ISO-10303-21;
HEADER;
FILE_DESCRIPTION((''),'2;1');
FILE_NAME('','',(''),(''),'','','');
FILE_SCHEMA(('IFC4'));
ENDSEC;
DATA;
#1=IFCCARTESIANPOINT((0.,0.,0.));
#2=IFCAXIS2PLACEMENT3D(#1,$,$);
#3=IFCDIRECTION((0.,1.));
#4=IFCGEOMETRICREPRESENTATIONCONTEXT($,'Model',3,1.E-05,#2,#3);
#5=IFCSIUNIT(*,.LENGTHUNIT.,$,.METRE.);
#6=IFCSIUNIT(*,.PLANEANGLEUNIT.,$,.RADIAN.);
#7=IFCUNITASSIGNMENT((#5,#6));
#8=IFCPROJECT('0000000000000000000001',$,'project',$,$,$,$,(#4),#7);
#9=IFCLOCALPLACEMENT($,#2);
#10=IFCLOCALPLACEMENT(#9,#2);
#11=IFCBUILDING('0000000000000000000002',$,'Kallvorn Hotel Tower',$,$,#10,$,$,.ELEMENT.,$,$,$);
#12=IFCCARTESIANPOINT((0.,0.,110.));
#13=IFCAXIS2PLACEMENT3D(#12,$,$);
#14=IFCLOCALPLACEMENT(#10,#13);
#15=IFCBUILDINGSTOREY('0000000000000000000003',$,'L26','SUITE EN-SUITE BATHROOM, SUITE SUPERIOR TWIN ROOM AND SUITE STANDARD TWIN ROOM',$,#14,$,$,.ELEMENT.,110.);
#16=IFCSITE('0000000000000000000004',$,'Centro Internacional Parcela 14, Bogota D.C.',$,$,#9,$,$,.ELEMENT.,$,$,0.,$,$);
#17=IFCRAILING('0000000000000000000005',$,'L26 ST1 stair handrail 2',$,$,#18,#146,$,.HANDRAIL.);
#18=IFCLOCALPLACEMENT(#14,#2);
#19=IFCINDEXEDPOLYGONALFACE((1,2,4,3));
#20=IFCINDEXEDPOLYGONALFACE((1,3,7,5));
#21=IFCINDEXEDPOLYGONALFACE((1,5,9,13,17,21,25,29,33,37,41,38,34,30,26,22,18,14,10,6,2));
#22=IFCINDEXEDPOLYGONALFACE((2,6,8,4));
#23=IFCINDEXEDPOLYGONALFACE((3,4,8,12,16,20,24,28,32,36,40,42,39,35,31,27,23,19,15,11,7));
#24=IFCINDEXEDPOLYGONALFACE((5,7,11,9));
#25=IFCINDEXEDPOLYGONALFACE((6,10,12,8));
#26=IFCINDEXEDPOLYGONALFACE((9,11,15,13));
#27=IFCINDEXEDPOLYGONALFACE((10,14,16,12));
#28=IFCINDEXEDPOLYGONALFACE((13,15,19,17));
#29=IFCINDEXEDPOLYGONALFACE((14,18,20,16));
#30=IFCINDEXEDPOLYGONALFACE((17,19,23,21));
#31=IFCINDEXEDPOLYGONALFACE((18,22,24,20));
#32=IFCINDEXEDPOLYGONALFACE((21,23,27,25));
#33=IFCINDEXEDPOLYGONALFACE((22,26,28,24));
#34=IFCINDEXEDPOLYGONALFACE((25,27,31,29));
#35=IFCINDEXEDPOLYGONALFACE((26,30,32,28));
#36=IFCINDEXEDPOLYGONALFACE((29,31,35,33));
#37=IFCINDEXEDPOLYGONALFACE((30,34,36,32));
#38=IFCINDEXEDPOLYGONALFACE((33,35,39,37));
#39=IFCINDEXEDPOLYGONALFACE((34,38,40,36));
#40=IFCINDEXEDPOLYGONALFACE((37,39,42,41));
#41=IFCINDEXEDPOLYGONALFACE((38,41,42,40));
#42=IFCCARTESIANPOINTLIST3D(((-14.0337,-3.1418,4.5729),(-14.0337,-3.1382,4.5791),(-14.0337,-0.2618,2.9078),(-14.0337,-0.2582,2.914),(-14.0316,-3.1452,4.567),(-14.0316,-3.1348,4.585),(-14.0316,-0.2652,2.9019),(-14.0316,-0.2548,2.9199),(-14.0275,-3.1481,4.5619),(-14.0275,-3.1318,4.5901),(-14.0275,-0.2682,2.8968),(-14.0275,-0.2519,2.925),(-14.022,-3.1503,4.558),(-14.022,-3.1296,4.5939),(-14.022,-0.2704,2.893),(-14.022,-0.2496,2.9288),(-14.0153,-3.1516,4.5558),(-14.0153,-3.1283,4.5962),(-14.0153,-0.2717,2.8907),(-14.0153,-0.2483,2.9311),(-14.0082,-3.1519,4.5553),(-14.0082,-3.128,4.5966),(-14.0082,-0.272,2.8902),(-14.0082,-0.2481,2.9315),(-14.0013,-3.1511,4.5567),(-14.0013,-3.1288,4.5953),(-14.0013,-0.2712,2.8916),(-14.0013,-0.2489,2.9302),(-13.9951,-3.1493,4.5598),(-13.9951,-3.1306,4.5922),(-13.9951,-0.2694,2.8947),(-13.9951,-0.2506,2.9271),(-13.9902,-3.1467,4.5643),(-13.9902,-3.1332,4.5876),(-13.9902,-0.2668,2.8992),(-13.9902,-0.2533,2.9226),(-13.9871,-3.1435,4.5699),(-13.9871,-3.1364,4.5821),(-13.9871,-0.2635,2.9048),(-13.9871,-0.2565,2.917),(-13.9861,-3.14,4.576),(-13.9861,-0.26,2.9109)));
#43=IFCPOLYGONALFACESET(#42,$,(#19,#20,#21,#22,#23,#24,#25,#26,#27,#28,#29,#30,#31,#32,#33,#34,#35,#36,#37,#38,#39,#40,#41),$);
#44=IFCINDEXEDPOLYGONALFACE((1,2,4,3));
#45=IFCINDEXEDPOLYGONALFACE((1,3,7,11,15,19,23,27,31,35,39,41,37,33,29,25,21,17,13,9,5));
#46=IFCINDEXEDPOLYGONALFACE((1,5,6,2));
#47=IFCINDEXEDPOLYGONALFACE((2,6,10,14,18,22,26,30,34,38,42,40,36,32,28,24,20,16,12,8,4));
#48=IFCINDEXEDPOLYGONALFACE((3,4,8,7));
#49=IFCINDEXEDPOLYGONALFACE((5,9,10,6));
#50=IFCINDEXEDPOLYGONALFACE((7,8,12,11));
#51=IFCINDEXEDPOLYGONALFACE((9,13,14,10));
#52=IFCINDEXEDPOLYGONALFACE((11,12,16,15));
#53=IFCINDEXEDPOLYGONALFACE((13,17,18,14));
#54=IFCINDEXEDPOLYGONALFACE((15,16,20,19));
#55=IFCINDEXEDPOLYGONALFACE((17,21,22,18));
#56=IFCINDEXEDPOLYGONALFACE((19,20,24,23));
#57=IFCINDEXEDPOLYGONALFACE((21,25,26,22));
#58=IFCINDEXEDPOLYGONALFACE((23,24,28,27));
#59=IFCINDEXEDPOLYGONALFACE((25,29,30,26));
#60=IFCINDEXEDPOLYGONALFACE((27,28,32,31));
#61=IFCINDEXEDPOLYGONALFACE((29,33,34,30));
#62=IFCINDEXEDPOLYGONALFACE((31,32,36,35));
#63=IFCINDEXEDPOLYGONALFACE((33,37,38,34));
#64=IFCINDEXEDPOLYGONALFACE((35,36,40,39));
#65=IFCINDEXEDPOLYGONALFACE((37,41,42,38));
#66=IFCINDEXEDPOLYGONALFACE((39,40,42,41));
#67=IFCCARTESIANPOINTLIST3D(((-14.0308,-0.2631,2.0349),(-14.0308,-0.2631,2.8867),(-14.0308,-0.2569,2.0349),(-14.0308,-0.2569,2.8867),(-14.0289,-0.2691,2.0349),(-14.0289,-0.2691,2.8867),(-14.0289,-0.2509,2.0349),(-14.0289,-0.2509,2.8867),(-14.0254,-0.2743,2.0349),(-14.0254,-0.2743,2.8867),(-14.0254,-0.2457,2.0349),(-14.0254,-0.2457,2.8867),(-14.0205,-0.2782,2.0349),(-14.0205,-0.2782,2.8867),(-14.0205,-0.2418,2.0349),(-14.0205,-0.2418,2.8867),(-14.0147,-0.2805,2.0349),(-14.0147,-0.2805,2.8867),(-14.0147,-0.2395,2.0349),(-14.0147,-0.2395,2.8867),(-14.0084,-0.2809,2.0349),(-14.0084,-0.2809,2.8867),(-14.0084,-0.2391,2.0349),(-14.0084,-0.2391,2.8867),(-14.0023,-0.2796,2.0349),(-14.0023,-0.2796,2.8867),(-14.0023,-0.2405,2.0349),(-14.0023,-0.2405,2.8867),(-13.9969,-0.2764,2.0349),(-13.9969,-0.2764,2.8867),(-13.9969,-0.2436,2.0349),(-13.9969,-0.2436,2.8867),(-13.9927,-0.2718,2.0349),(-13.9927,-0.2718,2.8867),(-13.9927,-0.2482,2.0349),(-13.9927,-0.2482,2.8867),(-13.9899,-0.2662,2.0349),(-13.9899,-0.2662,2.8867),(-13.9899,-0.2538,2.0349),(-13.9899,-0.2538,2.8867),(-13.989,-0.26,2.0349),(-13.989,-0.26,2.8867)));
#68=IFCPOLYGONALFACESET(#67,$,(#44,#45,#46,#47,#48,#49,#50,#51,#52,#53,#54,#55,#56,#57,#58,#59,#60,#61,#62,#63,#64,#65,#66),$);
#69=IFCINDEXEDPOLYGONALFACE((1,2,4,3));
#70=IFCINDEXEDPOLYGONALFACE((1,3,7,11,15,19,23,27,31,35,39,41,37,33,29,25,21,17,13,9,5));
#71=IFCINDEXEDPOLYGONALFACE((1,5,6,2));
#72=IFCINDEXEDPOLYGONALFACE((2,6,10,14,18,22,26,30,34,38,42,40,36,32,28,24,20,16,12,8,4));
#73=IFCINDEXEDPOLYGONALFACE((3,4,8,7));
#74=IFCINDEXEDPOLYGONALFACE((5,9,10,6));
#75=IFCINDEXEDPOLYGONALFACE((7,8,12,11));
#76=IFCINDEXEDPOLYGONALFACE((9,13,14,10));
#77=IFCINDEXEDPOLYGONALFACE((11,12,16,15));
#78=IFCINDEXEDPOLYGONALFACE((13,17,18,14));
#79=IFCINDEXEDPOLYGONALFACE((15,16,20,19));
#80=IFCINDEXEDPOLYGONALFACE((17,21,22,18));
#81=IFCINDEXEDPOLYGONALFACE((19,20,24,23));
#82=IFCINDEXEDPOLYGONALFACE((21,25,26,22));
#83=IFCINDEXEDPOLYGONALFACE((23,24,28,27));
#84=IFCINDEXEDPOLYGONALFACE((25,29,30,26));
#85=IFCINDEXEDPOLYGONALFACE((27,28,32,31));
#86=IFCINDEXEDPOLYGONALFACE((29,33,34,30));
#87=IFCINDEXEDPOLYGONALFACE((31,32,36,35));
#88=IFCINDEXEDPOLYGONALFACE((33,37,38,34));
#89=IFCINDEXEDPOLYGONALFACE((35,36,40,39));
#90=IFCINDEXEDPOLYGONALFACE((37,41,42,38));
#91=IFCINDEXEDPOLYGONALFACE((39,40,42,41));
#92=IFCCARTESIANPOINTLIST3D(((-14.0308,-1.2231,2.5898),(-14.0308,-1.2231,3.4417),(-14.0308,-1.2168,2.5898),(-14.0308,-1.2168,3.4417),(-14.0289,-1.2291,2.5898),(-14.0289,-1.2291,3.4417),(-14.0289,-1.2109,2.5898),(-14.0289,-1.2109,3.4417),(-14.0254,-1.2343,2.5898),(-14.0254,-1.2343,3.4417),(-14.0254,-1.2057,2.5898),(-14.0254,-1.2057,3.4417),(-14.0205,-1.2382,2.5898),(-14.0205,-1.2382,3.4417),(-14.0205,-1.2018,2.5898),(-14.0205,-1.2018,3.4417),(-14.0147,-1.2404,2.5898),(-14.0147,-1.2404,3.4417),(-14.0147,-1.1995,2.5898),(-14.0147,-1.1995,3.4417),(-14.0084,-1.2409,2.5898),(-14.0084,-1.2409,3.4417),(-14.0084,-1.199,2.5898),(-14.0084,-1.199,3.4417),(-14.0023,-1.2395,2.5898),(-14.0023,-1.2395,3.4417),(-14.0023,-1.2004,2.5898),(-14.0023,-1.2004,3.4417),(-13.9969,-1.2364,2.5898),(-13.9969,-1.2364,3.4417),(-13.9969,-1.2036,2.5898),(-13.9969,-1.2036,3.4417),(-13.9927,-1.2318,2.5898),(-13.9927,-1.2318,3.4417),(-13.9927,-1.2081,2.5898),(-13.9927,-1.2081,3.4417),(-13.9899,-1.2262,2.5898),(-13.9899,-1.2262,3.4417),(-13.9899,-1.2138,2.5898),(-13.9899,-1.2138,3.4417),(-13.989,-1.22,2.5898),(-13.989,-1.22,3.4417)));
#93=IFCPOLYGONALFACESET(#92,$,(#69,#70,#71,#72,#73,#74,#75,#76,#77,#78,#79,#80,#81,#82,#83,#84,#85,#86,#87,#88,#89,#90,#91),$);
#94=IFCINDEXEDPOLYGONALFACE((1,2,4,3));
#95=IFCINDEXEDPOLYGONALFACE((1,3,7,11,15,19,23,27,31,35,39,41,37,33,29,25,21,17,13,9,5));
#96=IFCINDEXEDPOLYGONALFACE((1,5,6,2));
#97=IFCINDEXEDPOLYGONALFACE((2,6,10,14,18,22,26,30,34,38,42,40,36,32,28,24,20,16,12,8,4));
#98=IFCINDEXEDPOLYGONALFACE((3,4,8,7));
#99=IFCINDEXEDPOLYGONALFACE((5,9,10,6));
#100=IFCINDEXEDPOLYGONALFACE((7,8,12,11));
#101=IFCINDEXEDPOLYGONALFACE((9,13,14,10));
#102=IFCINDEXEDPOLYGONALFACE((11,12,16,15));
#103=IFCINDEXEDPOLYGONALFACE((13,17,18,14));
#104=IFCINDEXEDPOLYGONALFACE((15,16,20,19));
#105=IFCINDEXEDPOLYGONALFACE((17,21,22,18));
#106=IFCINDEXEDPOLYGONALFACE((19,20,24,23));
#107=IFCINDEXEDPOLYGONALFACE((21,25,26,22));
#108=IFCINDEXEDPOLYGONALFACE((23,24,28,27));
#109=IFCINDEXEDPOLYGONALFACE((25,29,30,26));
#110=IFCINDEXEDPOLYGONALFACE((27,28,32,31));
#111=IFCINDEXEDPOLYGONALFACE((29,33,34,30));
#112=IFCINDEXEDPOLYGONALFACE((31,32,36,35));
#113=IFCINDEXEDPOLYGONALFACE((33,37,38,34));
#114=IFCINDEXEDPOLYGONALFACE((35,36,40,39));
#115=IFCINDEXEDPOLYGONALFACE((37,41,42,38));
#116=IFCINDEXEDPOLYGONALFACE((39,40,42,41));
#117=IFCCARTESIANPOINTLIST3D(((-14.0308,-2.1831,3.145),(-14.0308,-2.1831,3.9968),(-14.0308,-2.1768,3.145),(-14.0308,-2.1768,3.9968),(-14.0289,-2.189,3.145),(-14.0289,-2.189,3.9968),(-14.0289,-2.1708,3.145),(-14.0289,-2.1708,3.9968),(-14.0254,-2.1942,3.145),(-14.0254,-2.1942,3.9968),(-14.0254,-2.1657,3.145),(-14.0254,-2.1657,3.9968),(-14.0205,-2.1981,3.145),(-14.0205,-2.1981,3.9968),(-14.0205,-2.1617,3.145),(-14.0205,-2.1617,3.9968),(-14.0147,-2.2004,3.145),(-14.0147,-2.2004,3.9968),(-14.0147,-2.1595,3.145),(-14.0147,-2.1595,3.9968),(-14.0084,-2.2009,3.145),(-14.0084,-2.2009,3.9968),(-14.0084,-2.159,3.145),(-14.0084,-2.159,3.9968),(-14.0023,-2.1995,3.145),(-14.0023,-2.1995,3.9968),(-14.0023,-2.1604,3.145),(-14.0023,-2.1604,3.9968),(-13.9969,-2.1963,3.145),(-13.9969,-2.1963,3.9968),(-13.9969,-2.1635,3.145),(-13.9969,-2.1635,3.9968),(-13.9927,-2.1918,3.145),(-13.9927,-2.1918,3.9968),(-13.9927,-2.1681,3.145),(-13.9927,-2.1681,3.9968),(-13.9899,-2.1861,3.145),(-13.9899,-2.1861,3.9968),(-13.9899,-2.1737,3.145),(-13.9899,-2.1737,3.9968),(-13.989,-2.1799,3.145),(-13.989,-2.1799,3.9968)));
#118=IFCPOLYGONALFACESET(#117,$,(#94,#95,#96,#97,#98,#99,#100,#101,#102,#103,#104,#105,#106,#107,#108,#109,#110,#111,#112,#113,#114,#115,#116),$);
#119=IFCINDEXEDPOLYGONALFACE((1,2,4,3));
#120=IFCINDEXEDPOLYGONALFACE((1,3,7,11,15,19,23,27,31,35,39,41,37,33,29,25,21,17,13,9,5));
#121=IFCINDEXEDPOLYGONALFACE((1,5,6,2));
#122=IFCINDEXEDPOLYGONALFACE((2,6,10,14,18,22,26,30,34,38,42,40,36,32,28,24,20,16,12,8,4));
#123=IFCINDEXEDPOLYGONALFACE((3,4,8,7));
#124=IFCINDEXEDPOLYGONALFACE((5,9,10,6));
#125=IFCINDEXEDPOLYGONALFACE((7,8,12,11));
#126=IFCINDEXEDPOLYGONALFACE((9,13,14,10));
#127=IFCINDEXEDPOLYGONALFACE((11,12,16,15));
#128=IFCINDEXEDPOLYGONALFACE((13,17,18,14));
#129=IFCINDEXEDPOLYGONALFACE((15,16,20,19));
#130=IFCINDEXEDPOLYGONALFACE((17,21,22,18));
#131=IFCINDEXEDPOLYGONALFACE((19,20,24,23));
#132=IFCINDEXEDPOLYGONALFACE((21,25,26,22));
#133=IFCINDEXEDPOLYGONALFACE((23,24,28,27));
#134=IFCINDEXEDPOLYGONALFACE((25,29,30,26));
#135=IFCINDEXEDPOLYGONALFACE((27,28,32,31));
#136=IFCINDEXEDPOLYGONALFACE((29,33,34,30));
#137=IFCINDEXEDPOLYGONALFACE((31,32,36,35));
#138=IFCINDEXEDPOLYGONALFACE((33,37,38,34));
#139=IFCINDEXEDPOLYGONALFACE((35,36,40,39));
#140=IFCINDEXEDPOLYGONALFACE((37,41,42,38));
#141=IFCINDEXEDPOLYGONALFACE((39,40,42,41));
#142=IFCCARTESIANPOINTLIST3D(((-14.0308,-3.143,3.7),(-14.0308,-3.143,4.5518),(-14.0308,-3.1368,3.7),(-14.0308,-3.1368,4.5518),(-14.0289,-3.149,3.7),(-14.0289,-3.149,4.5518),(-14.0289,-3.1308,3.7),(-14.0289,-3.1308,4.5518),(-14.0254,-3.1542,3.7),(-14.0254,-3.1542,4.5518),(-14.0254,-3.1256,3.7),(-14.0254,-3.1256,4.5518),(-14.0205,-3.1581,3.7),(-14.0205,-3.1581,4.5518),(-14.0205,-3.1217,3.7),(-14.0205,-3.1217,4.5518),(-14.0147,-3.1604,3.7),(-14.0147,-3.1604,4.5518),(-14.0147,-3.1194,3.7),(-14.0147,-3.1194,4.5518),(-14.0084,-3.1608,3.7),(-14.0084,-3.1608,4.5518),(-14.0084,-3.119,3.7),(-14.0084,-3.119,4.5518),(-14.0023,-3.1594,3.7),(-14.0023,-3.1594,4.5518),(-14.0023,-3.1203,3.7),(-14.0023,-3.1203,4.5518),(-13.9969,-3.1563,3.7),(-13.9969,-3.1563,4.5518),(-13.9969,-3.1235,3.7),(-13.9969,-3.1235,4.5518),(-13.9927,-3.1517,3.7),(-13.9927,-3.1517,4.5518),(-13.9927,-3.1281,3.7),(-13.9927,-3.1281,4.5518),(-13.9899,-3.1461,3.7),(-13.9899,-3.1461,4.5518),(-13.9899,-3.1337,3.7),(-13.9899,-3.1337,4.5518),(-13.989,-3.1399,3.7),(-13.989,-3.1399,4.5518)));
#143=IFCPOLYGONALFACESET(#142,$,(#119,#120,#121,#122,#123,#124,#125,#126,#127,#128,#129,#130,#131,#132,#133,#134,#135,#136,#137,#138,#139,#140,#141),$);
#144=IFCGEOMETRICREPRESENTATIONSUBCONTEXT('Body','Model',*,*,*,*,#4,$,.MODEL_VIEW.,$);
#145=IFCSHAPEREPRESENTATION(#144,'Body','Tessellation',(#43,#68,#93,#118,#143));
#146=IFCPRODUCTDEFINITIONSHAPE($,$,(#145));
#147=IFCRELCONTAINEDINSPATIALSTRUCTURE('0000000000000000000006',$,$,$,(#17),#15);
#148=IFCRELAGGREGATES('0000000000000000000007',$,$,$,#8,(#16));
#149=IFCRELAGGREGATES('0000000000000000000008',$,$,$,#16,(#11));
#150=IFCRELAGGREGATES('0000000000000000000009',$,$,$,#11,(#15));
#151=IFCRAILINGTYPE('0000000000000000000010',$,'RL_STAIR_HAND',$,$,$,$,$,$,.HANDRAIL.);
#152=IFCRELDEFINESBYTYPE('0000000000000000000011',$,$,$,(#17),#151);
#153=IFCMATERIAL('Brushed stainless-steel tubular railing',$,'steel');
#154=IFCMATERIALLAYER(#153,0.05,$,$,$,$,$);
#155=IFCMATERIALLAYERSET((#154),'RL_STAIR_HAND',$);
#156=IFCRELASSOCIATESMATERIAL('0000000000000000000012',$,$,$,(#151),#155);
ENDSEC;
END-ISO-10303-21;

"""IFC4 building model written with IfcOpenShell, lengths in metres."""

from ifc_helpers import new_model, si_unit, direction, frame, origin, origin_2d, place, context, subcontext, project, spatial, circle, extrude, material, layer, layer_set, type_object, element, save


model = new_model("IFC4")

# Units and contexts
model_context = context("Model", 3, precision=1e-05, world=origin(), true_north=direction((0.0, 1.0)))
body_context = subcontext(model_context, "Body", "Model", "MODEL_VIEW")
ifc_project = project(units=[si_unit("LENGTHUNIT", "METRE"), si_unit("PLANEANGLEUNIT", "RADIAN")], contexts=[model_context])

# Site, building, storey
site_placement = place(None, origin())
site = spatial("IfcSite", under=ifc_project, at=site_placement, Name="Centro Internacional Parcela 14, Bogota D.C.", CompositionType="ELEMENT", RefElevation=0.0)
building_placement = place(site_placement, origin())
building = spatial("IfcBuilding", under=site, at=building_placement, Name="Kallvorn Hotel Tower", CompositionType="ELEMENT")
storey_placement = place(building_placement, frame((0.0, 0.0, 110.0)))
storey = spatial("IfcBuildingStorey", under=building, at=storey_placement, Name="L26", Description="SUITE EN-SUITE BATHROOM, SUITE SUPERIOR TWIN ROOM AND SUITE STANDARD TWIN ROOM", CompositionType="ELEMENT", Elevation=110.0)

# Railing
ifc_material_1 = material(Name="Brushed stainless-steel tubular railing", Category="steel")
ifc_layer_1 = layer(ifc_material_1, 0.05)
ifc_layer_set_1 = layer_set([ifc_layer_1], Name="RL_STAIR_HAND")
railing_type_1 = type_object("IfcRailingType", Name="RL_STAIR_HAND", PredefinedType="HANDRAIL", material=ifc_layer_set_1)
railing_1_placement = place(storey_placement, frame((-14.01, -0.26, 2.0349)))
element("IfcRailing", 1, at=railing_1_placement, inside=storey, type_object=railing_type_1, Name="L26 ST1 stair handrail 2", PredefinedType="HANDRAIL", context=body_context, shape_type="SweptSolid", body=[
    extrude(circle(Radius=0.0239, at=origin_2d()), frame((0.0, 0.0, 0.876), z_axis=(0.0, -0.865721, 0.500527), x_axis=(1.0, 0.0, 0.0)), (0.0, 0.0, 1.0), 3.3267),
    extrude(circle(Radius=0.021, at=origin_2d()), origin(), (0.0, 0.0, 1.0), 0.8518),
    extrude(circle(Radius=0.021, at=origin_2d()), frame((0.0, -0.96, 0.5549)), (0.0, 0.0, 1.0), 0.8518),
    extrude(circle(Radius=0.021, at=origin_2d()), frame((0.0, -1.9199, 1.1101)), (0.0, 0.0, 1.0), 0.8518),
    extrude(circle(Radius=0.021, at=origin_2d()), frame((0.0, -2.8799, 1.665)), (0.0, 0.0, 1.0), 0.8518),
])

save(model, "model.ifc")
